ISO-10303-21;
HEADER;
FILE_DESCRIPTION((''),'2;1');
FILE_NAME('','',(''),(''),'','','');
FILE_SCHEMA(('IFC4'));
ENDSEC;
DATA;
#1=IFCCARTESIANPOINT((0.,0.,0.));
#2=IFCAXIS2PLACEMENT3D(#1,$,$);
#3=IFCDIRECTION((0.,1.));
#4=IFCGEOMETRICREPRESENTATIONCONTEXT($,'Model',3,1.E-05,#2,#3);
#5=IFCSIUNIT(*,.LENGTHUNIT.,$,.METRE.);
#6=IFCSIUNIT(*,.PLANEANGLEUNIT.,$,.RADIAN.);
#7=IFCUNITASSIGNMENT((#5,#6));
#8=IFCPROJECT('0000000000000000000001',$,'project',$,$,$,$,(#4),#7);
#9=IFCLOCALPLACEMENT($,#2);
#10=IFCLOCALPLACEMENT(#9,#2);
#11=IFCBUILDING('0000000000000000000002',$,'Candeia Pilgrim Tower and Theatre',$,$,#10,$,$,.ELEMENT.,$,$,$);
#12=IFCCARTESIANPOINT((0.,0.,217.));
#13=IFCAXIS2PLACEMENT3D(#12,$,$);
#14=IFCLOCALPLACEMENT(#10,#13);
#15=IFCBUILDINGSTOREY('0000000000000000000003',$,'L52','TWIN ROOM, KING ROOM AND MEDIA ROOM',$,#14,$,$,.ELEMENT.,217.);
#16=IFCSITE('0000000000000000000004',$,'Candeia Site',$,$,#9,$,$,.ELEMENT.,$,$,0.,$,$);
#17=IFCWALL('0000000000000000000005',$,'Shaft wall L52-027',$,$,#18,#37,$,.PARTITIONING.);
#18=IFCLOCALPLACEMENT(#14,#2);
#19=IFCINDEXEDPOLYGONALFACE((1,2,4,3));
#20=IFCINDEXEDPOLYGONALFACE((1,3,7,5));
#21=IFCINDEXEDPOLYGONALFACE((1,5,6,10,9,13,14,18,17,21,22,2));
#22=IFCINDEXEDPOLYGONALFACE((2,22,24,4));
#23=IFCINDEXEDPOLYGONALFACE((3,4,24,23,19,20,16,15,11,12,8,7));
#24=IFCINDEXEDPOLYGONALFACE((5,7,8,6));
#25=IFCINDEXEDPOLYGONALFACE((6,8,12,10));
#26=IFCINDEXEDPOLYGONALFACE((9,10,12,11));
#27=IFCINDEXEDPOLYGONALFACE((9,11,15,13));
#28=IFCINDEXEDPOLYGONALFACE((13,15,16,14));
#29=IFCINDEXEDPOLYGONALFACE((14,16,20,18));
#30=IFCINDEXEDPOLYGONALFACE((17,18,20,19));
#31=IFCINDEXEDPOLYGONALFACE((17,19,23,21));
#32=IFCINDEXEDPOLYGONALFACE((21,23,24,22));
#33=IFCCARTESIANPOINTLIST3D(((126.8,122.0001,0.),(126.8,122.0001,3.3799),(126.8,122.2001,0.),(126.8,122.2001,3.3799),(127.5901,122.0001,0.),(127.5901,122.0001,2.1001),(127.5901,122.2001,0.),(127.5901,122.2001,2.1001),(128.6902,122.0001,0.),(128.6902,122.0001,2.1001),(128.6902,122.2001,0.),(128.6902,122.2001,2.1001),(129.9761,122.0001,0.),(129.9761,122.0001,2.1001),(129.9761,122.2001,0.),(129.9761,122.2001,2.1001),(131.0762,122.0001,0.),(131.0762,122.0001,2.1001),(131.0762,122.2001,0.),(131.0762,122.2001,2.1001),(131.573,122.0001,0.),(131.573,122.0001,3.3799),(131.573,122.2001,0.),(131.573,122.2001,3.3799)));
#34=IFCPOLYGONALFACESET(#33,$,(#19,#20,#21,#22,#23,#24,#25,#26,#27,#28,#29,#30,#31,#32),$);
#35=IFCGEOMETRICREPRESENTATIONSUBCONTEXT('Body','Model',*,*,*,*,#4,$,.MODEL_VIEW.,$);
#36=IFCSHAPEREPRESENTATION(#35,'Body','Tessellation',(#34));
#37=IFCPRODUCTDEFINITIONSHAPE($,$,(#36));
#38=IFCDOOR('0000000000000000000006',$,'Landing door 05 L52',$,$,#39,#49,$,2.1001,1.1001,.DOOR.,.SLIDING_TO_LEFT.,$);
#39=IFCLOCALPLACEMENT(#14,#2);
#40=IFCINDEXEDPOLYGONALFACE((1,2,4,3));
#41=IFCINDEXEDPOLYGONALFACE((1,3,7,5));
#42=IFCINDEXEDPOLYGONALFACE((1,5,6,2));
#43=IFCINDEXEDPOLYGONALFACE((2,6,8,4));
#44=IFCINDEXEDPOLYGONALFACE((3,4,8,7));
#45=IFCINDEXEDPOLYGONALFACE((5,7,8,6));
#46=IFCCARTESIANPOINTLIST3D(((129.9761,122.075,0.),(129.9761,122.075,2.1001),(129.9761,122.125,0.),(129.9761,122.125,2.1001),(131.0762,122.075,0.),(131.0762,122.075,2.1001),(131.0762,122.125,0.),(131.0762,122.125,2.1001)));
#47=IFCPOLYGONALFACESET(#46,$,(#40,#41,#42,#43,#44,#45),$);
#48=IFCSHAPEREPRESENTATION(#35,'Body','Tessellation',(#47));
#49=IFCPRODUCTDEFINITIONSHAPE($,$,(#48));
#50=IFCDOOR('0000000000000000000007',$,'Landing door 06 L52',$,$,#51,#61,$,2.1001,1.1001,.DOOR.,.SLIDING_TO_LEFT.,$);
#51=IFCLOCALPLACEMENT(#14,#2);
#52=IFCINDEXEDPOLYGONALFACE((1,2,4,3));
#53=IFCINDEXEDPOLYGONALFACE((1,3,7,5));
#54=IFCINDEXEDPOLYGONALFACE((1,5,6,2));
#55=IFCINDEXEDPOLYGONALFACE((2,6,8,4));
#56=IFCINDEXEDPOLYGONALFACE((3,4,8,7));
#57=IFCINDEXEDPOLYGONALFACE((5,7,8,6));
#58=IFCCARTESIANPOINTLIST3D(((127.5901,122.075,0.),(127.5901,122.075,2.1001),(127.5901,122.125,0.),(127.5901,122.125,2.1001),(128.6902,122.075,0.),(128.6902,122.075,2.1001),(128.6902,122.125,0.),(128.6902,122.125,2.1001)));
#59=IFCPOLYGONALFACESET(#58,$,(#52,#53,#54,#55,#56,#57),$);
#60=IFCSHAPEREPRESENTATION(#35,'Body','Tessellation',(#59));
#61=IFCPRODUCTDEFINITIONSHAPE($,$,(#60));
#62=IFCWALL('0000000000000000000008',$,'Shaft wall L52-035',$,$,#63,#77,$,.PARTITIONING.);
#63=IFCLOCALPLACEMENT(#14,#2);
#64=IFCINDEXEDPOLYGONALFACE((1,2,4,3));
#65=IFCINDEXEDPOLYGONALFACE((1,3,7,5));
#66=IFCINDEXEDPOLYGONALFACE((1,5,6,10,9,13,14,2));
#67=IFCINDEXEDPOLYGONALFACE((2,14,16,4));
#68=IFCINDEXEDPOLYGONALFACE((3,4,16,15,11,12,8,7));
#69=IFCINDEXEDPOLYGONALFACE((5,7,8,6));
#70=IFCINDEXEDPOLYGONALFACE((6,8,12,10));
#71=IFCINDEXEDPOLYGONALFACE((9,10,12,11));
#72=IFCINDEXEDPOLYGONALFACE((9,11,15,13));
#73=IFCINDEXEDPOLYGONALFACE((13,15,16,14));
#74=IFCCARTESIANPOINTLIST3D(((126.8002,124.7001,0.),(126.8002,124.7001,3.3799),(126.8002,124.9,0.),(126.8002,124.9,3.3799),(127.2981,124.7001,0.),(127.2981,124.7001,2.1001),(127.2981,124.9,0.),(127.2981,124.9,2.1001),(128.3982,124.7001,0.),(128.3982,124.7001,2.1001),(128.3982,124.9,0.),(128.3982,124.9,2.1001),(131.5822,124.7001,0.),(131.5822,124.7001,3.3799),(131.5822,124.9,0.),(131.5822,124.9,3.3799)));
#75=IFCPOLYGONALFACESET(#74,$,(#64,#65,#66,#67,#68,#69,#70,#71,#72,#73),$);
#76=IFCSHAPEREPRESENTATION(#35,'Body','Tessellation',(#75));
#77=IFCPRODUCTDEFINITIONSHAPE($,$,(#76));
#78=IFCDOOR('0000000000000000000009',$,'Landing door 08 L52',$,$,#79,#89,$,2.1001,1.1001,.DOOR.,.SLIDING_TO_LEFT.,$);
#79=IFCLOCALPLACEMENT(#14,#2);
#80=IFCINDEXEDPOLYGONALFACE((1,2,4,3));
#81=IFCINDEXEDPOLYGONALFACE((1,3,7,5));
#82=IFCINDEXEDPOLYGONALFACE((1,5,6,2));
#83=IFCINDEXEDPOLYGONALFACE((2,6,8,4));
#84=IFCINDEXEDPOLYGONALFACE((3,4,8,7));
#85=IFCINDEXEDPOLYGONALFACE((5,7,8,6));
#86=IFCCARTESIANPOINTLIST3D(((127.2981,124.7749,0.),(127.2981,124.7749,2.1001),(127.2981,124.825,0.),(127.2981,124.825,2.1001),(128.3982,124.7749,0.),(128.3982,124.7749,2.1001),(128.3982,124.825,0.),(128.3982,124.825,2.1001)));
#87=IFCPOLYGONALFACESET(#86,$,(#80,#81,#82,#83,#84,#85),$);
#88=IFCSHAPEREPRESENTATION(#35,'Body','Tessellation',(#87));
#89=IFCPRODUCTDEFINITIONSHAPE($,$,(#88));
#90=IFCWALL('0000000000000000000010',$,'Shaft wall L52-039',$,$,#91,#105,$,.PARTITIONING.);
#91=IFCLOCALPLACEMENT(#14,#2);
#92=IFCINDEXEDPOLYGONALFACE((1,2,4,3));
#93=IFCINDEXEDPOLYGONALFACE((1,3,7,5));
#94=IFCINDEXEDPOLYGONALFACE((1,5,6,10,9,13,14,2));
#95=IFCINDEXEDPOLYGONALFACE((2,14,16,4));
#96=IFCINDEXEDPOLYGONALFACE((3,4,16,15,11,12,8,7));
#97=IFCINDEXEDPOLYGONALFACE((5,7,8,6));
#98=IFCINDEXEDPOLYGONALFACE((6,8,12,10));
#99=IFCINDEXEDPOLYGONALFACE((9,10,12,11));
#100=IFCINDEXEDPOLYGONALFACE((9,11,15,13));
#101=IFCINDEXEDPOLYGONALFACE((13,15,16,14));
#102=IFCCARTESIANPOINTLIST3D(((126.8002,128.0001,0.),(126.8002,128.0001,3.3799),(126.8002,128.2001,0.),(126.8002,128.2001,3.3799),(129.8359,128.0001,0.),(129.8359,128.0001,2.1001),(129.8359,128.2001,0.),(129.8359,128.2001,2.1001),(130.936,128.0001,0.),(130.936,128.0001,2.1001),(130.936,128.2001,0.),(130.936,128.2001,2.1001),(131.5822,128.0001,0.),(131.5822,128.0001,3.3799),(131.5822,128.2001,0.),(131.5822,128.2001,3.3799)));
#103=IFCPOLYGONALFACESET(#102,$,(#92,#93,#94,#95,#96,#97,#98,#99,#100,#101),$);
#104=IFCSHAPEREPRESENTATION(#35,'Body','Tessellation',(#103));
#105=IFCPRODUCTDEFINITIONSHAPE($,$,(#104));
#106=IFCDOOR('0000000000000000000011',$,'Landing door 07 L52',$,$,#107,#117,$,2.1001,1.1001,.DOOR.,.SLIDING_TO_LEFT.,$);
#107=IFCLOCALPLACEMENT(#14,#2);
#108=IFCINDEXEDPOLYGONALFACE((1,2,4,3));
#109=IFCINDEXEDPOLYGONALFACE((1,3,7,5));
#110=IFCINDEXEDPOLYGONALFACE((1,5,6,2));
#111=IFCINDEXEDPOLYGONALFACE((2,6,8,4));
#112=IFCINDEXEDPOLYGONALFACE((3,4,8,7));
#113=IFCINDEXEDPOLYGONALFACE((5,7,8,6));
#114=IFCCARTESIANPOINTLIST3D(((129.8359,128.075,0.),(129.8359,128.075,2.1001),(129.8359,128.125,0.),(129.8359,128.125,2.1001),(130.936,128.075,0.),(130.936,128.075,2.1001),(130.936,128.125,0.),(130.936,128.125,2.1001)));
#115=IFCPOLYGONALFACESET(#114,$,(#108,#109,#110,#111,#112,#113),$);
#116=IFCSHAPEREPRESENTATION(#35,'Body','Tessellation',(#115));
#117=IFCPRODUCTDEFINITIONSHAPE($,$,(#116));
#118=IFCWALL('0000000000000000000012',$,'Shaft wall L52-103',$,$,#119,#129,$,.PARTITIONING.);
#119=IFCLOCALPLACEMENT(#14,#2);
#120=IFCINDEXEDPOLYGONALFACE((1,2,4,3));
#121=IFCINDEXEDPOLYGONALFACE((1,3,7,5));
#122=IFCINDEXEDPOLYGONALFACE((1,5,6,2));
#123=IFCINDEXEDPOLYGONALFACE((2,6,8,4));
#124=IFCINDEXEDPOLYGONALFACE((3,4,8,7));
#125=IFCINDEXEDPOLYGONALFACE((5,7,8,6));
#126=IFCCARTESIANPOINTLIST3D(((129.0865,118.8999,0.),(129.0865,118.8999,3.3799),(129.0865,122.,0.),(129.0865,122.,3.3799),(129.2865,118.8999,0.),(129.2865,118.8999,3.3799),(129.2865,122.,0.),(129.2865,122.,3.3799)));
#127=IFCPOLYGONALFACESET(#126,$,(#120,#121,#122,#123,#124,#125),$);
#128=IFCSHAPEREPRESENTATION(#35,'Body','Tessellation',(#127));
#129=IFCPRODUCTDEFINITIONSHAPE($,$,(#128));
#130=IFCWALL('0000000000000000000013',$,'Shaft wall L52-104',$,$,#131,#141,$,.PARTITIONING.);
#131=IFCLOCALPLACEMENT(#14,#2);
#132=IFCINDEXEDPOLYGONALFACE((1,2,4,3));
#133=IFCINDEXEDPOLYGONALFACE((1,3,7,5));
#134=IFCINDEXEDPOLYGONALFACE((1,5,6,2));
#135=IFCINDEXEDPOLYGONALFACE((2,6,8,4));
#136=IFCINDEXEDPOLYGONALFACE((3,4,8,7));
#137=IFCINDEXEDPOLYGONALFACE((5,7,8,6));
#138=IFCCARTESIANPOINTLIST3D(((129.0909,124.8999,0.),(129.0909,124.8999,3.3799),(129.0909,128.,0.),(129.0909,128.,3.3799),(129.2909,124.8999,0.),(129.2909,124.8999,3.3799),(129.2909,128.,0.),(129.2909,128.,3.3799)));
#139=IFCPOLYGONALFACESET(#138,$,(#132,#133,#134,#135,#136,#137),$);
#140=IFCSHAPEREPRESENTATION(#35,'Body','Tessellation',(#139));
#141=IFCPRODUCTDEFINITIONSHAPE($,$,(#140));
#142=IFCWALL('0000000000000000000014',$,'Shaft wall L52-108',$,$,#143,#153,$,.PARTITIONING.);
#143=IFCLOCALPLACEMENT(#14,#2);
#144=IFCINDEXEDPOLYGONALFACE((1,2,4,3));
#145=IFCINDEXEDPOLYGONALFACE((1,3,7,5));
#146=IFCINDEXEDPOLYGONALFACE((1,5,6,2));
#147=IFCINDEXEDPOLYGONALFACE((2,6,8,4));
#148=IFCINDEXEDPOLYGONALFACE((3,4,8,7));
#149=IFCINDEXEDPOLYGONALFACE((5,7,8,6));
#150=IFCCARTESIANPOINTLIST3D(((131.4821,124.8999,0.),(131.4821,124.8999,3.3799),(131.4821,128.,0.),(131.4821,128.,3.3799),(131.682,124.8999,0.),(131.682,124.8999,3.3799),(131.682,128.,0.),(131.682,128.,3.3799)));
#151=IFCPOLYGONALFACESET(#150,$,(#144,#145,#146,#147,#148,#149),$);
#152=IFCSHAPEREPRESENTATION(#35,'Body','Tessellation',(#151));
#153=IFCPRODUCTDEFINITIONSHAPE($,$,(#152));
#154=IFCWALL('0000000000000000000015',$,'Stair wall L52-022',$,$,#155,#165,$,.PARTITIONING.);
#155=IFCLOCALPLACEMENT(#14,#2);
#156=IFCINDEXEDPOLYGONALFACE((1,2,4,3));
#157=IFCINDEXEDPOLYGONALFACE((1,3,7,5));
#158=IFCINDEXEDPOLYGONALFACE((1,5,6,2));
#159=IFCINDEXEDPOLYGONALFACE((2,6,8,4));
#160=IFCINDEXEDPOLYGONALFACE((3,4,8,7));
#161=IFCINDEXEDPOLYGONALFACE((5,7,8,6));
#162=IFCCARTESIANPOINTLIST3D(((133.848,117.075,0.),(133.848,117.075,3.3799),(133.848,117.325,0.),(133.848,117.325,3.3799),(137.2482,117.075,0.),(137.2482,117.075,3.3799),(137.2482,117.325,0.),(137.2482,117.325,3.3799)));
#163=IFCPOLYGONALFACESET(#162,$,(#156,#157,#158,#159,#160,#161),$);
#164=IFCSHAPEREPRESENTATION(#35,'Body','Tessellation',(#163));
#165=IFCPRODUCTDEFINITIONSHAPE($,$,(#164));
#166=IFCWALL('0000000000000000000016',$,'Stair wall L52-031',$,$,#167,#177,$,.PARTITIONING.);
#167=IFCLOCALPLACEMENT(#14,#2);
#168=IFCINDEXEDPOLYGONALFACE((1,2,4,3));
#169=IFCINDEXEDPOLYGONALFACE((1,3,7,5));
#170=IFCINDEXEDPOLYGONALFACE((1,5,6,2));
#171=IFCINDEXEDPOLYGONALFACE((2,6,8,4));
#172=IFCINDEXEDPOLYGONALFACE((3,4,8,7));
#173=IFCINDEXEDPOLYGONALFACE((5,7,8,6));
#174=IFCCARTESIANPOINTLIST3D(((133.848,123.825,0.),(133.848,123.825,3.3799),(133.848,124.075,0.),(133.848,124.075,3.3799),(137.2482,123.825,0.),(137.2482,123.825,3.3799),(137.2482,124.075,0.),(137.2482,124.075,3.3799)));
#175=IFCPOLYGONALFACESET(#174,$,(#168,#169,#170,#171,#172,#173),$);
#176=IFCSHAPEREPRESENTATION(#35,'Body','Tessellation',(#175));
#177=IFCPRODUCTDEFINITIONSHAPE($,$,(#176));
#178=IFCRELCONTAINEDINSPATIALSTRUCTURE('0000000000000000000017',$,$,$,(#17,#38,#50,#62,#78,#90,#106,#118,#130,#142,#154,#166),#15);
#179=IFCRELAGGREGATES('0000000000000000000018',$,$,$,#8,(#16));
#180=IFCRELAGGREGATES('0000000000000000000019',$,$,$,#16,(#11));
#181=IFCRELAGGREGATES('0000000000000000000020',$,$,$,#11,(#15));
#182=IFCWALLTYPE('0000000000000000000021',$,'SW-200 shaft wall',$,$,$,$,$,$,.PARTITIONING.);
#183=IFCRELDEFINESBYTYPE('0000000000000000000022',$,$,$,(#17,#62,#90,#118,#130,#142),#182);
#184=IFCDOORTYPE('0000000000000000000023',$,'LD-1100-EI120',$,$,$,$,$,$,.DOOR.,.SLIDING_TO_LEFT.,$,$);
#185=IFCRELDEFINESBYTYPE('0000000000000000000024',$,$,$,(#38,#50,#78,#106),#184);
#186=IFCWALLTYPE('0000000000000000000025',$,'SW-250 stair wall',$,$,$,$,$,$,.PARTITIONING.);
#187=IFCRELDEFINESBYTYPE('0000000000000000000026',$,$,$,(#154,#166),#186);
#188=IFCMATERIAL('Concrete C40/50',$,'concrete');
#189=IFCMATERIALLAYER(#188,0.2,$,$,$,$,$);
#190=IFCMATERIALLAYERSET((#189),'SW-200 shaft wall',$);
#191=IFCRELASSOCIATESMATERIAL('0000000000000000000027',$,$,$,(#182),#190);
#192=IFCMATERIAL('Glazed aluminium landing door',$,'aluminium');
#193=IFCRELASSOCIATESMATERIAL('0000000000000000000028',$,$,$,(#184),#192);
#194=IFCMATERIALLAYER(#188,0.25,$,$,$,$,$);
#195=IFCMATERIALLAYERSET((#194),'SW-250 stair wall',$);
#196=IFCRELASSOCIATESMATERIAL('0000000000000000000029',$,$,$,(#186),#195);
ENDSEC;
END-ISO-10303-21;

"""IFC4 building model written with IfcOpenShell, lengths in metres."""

from ifc_helpers import new_model, si_unit, direction, frame, frame_2d, origin, place, context, subcontext, project, spatial, rectangle, extrude, material, layer, layer_set, type_object, element, fill, save


model = new_model("IFC4")

# Units and contexts
model_context = context("Model", 3, precision=1e-05, world=origin(), true_north=direction((0.0, 1.0)))
body_context = subcontext(model_context, "Body", "Model", "MODEL_VIEW")
ifc_project = project(units=[si_unit("LENGTHUNIT", "METRE"), si_unit("PLANEANGLEUNIT", "RADIAN")], contexts=[model_context])

# Site, building, storey
site_placement = place(None, origin())
site = spatial("IfcSite", under=ifc_project, at=site_placement, Name="Candeia Site", CompositionType="ELEMENT", RefElevation=0.0)
building_placement = place(site_placement, origin())
building = spatial("IfcBuilding", under=site, at=building_placement, Name="Candeia Pilgrim Tower and Theatre", CompositionType="ELEMENT")
storey_placement = place(building_placement, frame((0.0, 0.0, 217.0)))
storey = spatial("IfcBuildingStorey", under=building, at=storey_placement, Name="L52", Description="TWIN ROOM, KING ROOM AND MEDIA ROOM", CompositionType="ELEMENT", Elevation=217.0)

# Shared definitions
ifc_material_1 = material(Name="Concrete C40/50", Category="concrete")
ifc_layer_1 = layer(ifc_material_1, 0.2)
ifc_layer_set_1 = layer_set([ifc_layer_1], Name="SW-200 shaft wall")
wall_type_1 = type_object("IfcWallType", Name="SW-200 shaft wall", PredefinedType="PARTITIONING", material=ifc_layer_set_1)

# Wall, openings, doors
wall_1_placement = place(storey_placement, frame((126.8, 122.1001, 0.0), z_axis=(0.0, 0.0, 1.0), x_axis=(1.0, 0.0, 0.0)))
wall_1 = element("IfcWall", 1, at=wall_1_placement, inside=storey, type_object=wall_type_1, Name="Shaft wall L52-027", PredefinedType="PARTITIONING", context=body_context, shape_type="SweptSolid", body=[
    extrude(rectangle(XDim=4.7729, YDim=0.2, at=frame_2d((2.3865, 0.0))), origin(), (0.0, 0.0, 1.0), 3.3799),
])
opening_1_placement = place(wall_1_placement, frame((3.176, 0.0, 0.0)))
opening_1 = element("IfcOpeningElement", 2, at=opening_1_placement, cuts=wall_1, PredefinedType="OPENING", context=body_context, shape_type="SweptSolid", body=[
    extrude(rectangle(XDim=1.1001, YDim=2.1001, at=frame_2d((0.55, 1.05))), frame((0.0, 0.1099, 0.0), z_axis=(0.0, -1.0, 0.0), x_axis=(1.0, 0.0, 0.0)), (0.0, 0.0, 1.0), 0.22),
])
opening_2_placement = place(wall_1_placement, frame((0.79, 0.0, 0.0)))
opening_2 = element("IfcOpeningElement", 3, at=opening_2_placement, cuts=wall_1, PredefinedType="OPENING", context=body_context, shape_type="SweptSolid", body=[
    extrude(rectangle(XDim=1.1001, YDim=2.1001, at=frame_2d((0.55, 1.05))), frame((0.0, 0.1099, 0.0), z_axis=(0.0, -1.0, 0.0), x_axis=(1.0, 0.0, 0.0)), (0.0, 0.0, 1.0), 0.22),
])
ifc_material_2 = material(Name="Glazed aluminium landing door", Category="aluminium")
door_type_1 = type_object("IfcDoorType", Name="LD-1100-EI120", OperationType="SLIDING_TO_LEFT", PredefinedType="DOOR", material=ifc_material_2)
door_1_placement = place(opening_1_placement, origin())
door_1 = element("IfcDoor", 4, at=door_1_placement, inside=storey, type_object=door_type_1, Name="Landing door 05 L52", OperationType="SLIDING_TO_LEFT", OverallHeight=2.1001, OverallWidth=1.1001, PredefinedType="DOOR", context=body_context, shape_type="SweptSolid", body=[
    extrude(rectangle(XDim=1.1001, YDim=2.1001, at=frame_2d((0.55, 1.05))), frame((0.0, 0.0249, 0.0), z_axis=(0.0, -1.0, 0.0), x_axis=(1.0, 0.0, 0.0)), (0.0, 0.0, 1.0), 0.05),
])
fill(opening_1, door_1)
door_2_placement = place(opening_2_placement, origin())
door_2 = element("IfcDoor", 5, at=door_2_placement, inside=storey, type_object=door_type_1, Name="Landing door 06 L52", OperationType="SLIDING_TO_LEFT", OverallHeight=2.1001, OverallWidth=1.1001, PredefinedType="DOOR", context=body_context, shape_type="SweptSolid", body=[
    extrude(rectangle(XDim=1.1001, YDim=2.1001, at=frame_2d((0.55, 1.05))), frame((0.0, 0.0249, 0.0), z_axis=(0.0, -1.0, 0.0), x_axis=(1.0, 0.0, 0.0)), (0.0, 0.0, 1.0), 0.05),
])
fill(opening_2, door_2)

# Walls, openings, doors
wall_2_placement = place(storey_placement, frame((126.8, 124.8, 0.0), z_axis=(0.0, 0.0, 1.0), x_axis=(1.0, 0.0, 0.0)))
wall_2 = element("IfcWall", 6, at=wall_2_placement, inside=storey, type_object=wall_type_1, Name="Shaft wall L52-035", PredefinedType="PARTITIONING", context=body_context, shape_type="SweptSolid", body=[
    extrude(rectangle(XDim=4.782, YDim=0.2, at=frame_2d((2.3911, 0.0))), origin(), (0.0, 0.0, 1.0), 3.3799),
])
opening_3_placement = place(wall_2_placement, frame((0.498, 0.0, 0.0)))
opening_3 = element("IfcOpeningElement", 7, at=opening_3_placement, cuts=wall_2, PredefinedType="OPENING", context=body_context, shape_type="SweptSolid", body=[
    extrude(rectangle(XDim=1.1001, YDim=2.1001, at=frame_2d((0.55, 1.05))), frame((0.0, 0.1099, 0.0), z_axis=(0.0, -1.0, 0.0), x_axis=(1.0, 0.0, 0.0)), (0.0, 0.0, 1.0), 0.22),
])
door_3_placement = place(opening_3_placement, origin())
door_3 = element("IfcDoor", 8, at=door_3_placement, inside=storey, type_object=door_type_1, Name="Landing door 08 L52", OperationType="SLIDING_TO_LEFT", OverallHeight=2.1001, OverallWidth=1.1001, PredefinedType="DOOR", context=body_context, shape_type="SweptSolid", body=[
    extrude(rectangle(XDim=1.1001, YDim=2.1001, at=frame_2d((0.55, 1.05))), frame((0.0, 0.0249, 0.0), z_axis=(0.0, -1.0, 0.0), x_axis=(1.0, 0.0, 0.0)), (0.0, 0.0, 1.0), 0.05),
])
fill(opening_3, door_3)
wall_3_placement = place(storey_placement, frame((126.8, 128.1001, 0.0), z_axis=(0.0, 0.0, 1.0), x_axis=(1.0, 0.0, 0.0)))
wall_3 = element("IfcWall", 9, at=wall_3_placement, inside=storey, type_object=wall_type_1, Name="Shaft wall L52-039", PredefinedType="PARTITIONING", context=body_context, shape_type="SweptSolid", body=[
    extrude(rectangle(XDim=4.782, YDim=0.2, at=frame_2d((2.3911, 0.0))), origin(), (0.0, 0.0, 1.0), 3.3799),
])
opening_4_placement = place(wall_3_placement, frame((3.0359, 0.0, 0.0)))
opening_4 = element("IfcOpeningElement", 10, at=opening_4_placement, cuts=wall_3, PredefinedType="OPENING", context=body_context, shape_type="SweptSolid", body=[
    extrude(rectangle(XDim=1.1001, YDim=2.1001, at=frame_2d((0.55, 1.05))), frame((0.0, 0.1099, 0.0), z_axis=(0.0, -1.0, 0.0), x_axis=(1.0, 0.0, 0.0)), (0.0, 0.0, 1.0), 0.22),
])
door_4_placement = place(opening_4_placement, origin())
door_4 = element("IfcDoor", 11, at=door_4_placement, inside=storey, type_object=door_type_1, Name="Landing door 07 L52", OperationType="SLIDING_TO_LEFT", OverallHeight=2.1001, OverallWidth=1.1001, PredefinedType="DOOR", context=body_context, shape_type="SweptSolid", body=[
    extrude(rectangle(XDim=1.1001, YDim=2.1001, at=frame_2d((0.55, 1.05))), frame((0.0, 0.0249, 0.0), z_axis=(0.0, -1.0, 0.0), x_axis=(1.0, 0.0, 0.0)), (0.0, 0.0, 1.0), 0.05),
])
fill(opening_4, door_4)

# Walls
for number, where, z_axis, x_axis, name in (
    (12, (129.1865, 118.8999, 0.0), (0.0, 0.0, 1.0), (0.0, 1.0, 0.0), "Shaft wall L52-103"),
    (13, (129.1909, 124.8999, 0.0), (0.0, 0.0, 1.0), (0.0, 1.0, 0.0), "Shaft wall L52-104"),
    (14, (131.582, 124.8999, 0.0), (0.0, 0.0, 1.0), (0.0, 1.0, 0.0), "Shaft wall L52-108"),
):
    element("IfcWall", number, at=place(storey_placement, frame(where, z_axis=z_axis, x_axis=x_axis)), inside=storey, type_object=wall_type_1, Name=name, PredefinedType="PARTITIONING", context=body_context, shape_type="SweptSolid", body=[
        extrude(rectangle(XDim=3.1001, YDim=0.2, at=frame_2d((1.55, 0.0))), origin(), (0.0, 0.0, 1.0), 3.3799),
    ])
ifc_layer_2 = layer(ifc_material_1, 0.25)
ifc_layer_set_2 = layer_set([ifc_layer_2], Name="SW-250 stair wall")
wall_type_2 = type_object("IfcWallType", Name="SW-250 stair wall", PredefinedType="PARTITIONING", material=ifc_layer_set_2)
for number, where, z_axis, x_axis, name in (
    (15, (133.8479, 117.2, 0.0), (0.0, 0.0, 1.0), (1.0, 0.0, 0.0), "Stair wall L52-022"),
    (16, (133.8479, 123.95, 0.0), (0.0, 0.0, 1.0), (1.0, 0.0, 0.0), "Stair wall L52-031"),
):
    element("IfcWall", number, at=place(storey_placement, frame(where, z_axis=z_axis, x_axis=x_axis)), inside=storey, type_object=wall_type_2, Name=name, PredefinedType="PARTITIONING", context=body_context, shape_type="SweptSolid", body=[
        extrude(rectangle(XDim=3.4001, YDim=0.25, at=frame_2d((1.7002, 0.0))), origin(), (0.0, 0.0, 1.0), 3.3799),
    ])

save(model, "model.ifc")
